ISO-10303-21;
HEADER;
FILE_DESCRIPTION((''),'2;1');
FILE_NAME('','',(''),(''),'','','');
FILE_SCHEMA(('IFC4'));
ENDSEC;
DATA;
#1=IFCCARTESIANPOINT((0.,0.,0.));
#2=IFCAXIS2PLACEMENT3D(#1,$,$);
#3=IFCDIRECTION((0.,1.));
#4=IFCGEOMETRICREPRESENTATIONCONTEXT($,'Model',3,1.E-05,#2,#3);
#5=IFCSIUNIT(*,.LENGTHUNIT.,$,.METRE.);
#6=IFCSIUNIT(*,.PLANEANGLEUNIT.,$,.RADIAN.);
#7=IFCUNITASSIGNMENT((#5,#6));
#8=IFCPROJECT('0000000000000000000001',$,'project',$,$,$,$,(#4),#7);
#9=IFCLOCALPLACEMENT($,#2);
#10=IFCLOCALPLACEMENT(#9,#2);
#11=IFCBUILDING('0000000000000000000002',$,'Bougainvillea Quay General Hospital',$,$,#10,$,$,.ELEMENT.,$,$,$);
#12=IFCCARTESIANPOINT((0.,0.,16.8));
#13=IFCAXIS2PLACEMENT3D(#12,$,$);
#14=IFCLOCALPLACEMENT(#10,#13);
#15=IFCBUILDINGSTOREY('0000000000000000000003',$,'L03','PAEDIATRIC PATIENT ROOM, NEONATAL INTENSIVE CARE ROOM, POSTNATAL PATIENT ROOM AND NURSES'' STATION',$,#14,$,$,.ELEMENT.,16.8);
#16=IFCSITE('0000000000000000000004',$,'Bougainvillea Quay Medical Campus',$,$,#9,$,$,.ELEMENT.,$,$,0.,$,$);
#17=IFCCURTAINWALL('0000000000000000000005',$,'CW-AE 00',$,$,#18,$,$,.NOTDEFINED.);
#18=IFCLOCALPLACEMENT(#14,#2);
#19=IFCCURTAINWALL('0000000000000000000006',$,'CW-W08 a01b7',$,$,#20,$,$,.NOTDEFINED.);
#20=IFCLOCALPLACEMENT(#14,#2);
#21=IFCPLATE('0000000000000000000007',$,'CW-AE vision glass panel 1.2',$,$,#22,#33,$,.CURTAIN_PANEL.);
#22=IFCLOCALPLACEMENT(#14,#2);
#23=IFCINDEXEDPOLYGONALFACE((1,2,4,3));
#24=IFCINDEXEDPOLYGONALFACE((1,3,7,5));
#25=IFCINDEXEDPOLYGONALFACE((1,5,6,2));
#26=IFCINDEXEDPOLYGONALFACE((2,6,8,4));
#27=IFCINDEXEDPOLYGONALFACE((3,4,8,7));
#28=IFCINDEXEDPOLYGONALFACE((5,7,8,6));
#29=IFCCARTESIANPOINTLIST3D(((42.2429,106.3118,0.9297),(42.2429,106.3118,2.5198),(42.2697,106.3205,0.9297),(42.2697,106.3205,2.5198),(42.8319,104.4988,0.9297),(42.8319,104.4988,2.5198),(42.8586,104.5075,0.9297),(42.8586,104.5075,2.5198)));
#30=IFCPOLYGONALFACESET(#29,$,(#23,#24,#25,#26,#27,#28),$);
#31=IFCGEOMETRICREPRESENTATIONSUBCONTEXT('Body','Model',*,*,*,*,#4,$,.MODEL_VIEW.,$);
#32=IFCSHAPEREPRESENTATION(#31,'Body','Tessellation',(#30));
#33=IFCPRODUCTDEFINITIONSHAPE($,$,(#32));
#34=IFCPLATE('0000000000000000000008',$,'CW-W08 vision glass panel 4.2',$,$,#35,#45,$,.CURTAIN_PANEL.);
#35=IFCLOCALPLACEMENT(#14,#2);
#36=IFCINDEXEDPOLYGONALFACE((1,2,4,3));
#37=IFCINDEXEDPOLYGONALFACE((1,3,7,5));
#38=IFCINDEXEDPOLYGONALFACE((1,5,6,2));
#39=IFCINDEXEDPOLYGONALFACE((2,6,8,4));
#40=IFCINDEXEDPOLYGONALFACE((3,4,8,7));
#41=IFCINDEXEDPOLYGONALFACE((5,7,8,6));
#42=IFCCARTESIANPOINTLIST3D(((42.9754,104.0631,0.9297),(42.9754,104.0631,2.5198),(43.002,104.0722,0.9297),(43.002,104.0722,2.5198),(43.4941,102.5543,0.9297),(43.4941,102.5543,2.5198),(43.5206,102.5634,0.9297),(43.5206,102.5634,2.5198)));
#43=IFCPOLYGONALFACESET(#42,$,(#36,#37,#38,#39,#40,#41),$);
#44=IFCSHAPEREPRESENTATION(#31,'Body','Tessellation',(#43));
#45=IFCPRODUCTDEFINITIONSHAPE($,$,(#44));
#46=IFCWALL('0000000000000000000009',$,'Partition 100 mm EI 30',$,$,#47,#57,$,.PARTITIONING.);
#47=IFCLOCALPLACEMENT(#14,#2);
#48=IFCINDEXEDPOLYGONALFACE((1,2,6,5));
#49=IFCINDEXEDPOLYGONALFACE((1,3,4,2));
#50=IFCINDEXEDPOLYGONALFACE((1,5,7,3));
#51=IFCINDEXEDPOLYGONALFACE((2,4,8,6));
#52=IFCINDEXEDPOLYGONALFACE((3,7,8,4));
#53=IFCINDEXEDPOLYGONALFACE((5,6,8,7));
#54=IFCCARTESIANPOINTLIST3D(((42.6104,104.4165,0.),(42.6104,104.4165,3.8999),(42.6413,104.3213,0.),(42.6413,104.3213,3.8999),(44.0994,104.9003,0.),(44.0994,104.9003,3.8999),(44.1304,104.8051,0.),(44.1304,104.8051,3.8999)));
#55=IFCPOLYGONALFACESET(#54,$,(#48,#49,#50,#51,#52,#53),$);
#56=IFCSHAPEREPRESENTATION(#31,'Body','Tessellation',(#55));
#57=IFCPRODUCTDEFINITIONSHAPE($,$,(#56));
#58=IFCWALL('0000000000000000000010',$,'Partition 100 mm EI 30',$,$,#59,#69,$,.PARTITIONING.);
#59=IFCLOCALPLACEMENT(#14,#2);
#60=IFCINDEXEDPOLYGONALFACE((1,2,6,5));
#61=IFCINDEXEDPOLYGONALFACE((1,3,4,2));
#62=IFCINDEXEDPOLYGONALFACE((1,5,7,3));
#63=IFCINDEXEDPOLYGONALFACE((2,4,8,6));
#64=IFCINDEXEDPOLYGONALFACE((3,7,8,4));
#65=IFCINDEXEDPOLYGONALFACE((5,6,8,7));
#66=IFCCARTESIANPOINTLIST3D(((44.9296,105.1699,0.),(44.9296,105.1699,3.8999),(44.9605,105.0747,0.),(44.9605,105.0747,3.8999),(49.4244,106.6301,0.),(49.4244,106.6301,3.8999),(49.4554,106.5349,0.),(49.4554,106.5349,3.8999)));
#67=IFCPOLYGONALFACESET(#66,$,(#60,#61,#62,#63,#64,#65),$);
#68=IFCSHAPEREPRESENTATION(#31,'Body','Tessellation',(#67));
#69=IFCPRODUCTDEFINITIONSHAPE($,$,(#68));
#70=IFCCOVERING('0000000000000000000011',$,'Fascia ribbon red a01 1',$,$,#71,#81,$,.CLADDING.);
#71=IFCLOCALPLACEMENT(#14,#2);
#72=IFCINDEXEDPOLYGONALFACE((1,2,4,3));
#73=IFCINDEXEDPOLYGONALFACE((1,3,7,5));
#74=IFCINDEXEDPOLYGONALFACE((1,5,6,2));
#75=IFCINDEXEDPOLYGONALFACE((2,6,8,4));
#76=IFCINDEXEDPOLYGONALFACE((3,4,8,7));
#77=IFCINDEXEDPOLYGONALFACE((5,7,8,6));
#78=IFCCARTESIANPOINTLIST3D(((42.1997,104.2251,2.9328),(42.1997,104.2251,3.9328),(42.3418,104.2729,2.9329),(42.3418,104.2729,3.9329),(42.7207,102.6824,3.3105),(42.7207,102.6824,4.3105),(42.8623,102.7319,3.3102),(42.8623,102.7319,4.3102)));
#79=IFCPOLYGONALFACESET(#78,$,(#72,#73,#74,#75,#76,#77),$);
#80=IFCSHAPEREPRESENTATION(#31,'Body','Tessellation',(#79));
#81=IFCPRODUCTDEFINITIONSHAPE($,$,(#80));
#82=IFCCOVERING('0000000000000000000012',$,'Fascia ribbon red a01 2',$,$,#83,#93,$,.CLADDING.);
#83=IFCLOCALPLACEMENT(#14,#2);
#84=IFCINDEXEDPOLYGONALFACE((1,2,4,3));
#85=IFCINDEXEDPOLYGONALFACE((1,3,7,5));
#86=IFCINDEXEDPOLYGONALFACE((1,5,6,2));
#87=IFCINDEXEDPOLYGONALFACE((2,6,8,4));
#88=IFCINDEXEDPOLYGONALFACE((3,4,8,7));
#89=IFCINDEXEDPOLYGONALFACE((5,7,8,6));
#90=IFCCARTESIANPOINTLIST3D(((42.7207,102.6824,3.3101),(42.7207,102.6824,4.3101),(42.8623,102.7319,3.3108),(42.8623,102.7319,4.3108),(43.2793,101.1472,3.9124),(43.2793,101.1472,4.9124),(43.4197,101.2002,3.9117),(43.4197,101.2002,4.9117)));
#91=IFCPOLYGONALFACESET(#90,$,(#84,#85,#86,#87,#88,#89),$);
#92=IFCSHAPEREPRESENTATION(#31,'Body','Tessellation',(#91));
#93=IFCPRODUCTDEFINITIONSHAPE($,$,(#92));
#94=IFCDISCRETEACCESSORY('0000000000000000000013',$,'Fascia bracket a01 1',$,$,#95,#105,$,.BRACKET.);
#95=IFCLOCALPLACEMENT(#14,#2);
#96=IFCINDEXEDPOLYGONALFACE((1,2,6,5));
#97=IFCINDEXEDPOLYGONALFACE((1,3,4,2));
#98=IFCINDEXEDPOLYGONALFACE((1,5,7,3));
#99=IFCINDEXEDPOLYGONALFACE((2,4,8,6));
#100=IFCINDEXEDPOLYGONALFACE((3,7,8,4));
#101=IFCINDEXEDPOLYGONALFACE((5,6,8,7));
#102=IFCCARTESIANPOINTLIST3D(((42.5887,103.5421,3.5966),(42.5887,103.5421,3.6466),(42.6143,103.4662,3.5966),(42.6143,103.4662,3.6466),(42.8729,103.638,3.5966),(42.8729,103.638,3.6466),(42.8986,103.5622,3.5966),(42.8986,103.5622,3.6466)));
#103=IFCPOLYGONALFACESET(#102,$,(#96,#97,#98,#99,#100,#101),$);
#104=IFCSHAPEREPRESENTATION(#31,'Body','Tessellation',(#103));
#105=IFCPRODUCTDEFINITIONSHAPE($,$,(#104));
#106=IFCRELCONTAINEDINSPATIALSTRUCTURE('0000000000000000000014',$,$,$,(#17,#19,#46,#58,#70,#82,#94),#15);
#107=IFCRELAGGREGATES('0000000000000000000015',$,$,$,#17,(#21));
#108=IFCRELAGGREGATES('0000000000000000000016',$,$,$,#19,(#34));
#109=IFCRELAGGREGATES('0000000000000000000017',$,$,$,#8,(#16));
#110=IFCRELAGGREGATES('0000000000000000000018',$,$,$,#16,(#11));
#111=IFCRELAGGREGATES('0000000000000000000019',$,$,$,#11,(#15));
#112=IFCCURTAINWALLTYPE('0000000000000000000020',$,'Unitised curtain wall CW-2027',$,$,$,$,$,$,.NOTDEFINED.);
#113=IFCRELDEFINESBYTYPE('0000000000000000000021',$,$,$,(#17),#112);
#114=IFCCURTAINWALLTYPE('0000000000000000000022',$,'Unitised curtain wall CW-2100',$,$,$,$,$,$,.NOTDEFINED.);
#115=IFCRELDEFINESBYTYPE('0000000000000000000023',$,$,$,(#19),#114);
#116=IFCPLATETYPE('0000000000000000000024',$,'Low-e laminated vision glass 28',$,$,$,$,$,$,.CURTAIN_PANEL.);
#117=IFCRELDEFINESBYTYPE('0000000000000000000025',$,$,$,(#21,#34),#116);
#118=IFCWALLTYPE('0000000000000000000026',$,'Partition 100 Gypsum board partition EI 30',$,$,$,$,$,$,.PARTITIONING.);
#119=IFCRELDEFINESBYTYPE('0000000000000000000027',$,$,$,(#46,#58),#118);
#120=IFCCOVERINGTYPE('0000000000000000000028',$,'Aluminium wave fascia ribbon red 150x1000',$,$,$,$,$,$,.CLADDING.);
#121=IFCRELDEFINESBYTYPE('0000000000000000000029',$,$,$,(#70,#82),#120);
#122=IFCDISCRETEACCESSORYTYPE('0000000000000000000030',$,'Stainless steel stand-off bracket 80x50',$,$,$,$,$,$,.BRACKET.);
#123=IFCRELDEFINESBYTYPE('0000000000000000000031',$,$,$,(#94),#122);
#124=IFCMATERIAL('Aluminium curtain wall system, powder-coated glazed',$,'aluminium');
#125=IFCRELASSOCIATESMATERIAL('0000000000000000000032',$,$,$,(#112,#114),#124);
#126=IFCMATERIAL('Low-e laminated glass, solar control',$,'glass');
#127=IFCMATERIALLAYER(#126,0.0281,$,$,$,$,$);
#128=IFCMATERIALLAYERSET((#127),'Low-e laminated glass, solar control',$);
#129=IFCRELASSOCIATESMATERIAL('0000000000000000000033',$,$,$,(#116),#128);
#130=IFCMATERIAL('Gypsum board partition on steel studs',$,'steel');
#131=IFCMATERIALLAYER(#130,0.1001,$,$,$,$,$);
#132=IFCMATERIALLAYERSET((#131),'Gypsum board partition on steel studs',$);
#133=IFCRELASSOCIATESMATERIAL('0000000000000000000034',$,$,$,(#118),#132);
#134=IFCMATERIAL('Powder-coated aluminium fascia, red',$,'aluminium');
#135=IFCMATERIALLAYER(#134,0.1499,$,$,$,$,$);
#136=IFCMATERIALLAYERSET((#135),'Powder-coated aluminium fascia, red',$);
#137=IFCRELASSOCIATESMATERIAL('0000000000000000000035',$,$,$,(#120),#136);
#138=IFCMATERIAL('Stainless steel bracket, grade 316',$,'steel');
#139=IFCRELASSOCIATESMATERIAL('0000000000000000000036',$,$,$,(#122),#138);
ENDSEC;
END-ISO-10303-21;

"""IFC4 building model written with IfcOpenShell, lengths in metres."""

from ifc_helpers import new_model, si_unit, direction, frame, frame_2d, origin, origin_2d, place, context, subcontext, project, spatial, polyline, rectangle, outline, extrude, material, layer, layer_set, material_profile, profile_set, type_object, element, aggregate, save


model = new_model("IFC4")

# Units and contexts
model_context = context("Model", 3, precision=1e-05, world=origin(), true_north=direction((0.0, 1.0)))
body_context = subcontext(model_context, "Body", "Model", "MODEL_VIEW")
ifc_project = project(units=[si_unit("LENGTHUNIT", "METRE"), si_unit("PLANEANGLEUNIT", "RADIAN")], contexts=[model_context])

# Site, building, storey
site_placement = place(None, origin())
site = spatial("IfcSite", under=ifc_project, at=site_placement, Name="Bougainvillea Quay Medical Campus", CompositionType="ELEMENT", RefElevation=0.0)
building_placement = place(site_placement, origin())
building = spatial("IfcBuilding", under=site, at=building_placement, Name="Bougainvillea Quay General Hospital", CompositionType="ELEMENT")
storey_placement = place(building_placement, frame((0.0, 0.0, 16.8)))
storey = spatial("IfcBuildingStorey", under=building, at=storey_placement, Name="L03", Description="PAEDIATRIC PATIENT ROOM, NEONATAL INTENSIVE CARE ROOM, POSTNATAL PATIENT ROOM AND NURSES' STATION", CompositionType="ELEMENT", Elevation=16.8)

# Curtain walls
ifc_material_1 = material(Name="Aluminium curtain wall system, powder-coated glazed", Category="aluminium")
curtain_wall_type_1 = type_object("IfcCurtainWallType", Name="Unitised curtain wall CW-2027", PredefinedType="NOTDEFINED", material=ifc_material_1)
curtain_wall_1_placement = place(storey_placement, origin())
curtain_wall_1 = element("IfcCurtainWall", 1, at=curtain_wall_1_placement, inside=storey, type_object=curtain_wall_type_1, Name="CW-AE 00", PredefinedType="NOTDEFINED")
curtain_wall_type_2 = type_object("IfcCurtainWallType", Name="Unitised curtain wall CW-2100", PredefinedType="NOTDEFINED", material=ifc_material_1)
curtain_wall_2_placement = place(storey_placement, origin())
curtain_wall_2 = element("IfcCurtainWall", 2, at=curtain_wall_2_placement, inside=storey, type_object=curtain_wall_type_2, Name="CW-W08 a01b7", PredefinedType="NOTDEFINED")

# Plates
ifc_material_2 = material(Name="Low-e laminated glass, solar control", Category="glass")
ifc_layer_1 = layer(ifc_material_2, 0.0281)
ifc_layer_set_1 = layer_set([ifc_layer_1], Name="Low-e laminated glass, solar control")
plate_type_1 = type_object("IfcPlateType", Name="Low-e laminated vision glass 28", PredefinedType="CURTAIN_PANEL", material=ifc_layer_set_1)
plate_1_placement = place(storey_placement, frame((42.5508, 105.4097, 0.9297), z_axis=(0.0, 0.0, 1.0), x_axis=(0.308963, -0.951074, 0.0)))
plate_1 = element("IfcPlate", 3, at=plate_1_placement, type_object=plate_type_1, Name="CW-AE vision glass panel 1.2", PredefinedType="CURTAIN_PANEL", context=body_context, shape_type="SweptSolid", body=[
    extrude(rectangle(XDim=1.9062, YDim=0.0281, at=origin_2d()), origin(), (0.0, 0.0, 1.0), 1.5901),
])
aggregate(curtain_wall_1, [plate_1])
plate_2_placement = place(storey_placement, frame((43.248, 103.3132, 0.9297), z_axis=(0.0, 0.0, 1.0), x_axis=(-0.325079, 0.945687, 0.0)))
plate_2 = element("IfcPlate", 4, at=plate_2_placement, type_object=plate_type_1, Name="CW-W08 vision glass panel 4.2", PredefinedType="CURTAIN_PANEL", context=body_context, shape_type="SweptSolid", body=[
    extrude(rectangle(XDim=1.5955, YDim=0.0281, at=origin_2d()), origin(), (0.0, 0.0, 1.0), 1.5901),
])
aggregate(curtain_wall_2, [plate_2])

# Walls
ifc_material_3 = material(Name="Gypsum board partition on steel studs", Category="steel")
ifc_layer_2 = layer(ifc_material_3, 0.1001)
ifc_layer_set_2 = layer_set([ifc_layer_2], Name="Gypsum board partition on steel studs")
wall_type = type_object("IfcWallType", Name="Partition 100 Gypsum board partition EI 30", PredefinedType="PARTITIONING", material=ifc_layer_set_2)
wall_1_placement = place(storey_placement, frame((42.626, 104.3689, 0.0), z_axis=(0.0, 0.0, 1.0), x_axis=(0.951042, 0.309061, 0.0)))
element("IfcWall", 5, at=wall_1_placement, inside=storey, type_object=wall_type, Name="Partition 100 mm EI 30", PredefinedType="PARTITIONING", context=body_context, shape_type="SweptSolid", body=[
    extrude(rectangle(XDim=1.5657, YDim=0.1001, at=frame_2d((0.7827, 0.0))), origin(), (0.0, 0.0, 1.0), 3.8999),
])
wall_2_placement = place(storey_placement, frame((44.9451, 105.1223, 0.0), z_axis=(0.0, 0.0, 1.0), x_axis=(0.951073, 0.308966, 0.0)))
element("IfcWall", 6, at=wall_2_placement, inside=storey, type_object=wall_type, Name="Partition 100 mm EI 30", PredefinedType="PARTITIONING", context=body_context, shape_type="SweptSolid", body=[
    extrude(rectangle(XDim=4.7261, YDim=0.1001, at=frame_2d((2.363, 0.0))), origin(), (0.0, 0.0, 1.0), 3.8999),
])

# Coverings
ifc_material_4 = material(Name="Powder-coated aluminium fascia, red", Category="aluminium")
ifc_layer_3 = layer(ifc_material_4, 0.1499)
ifc_layer_set_3 = layer_set([ifc_layer_3], Name="Powder-coated aluminium fascia, red")
covering_type = type_object("IfcCoveringType", Name="Aluminium wave fascia ribbon red 150x1000", PredefinedType="CLADDING", material=ifc_layer_set_3)
covering_1_placement = place(storey_placement, frame((42.3418, 104.2729, 2.9329), z_axis=(-0.072645, 0.214003, 0.974128), x_axis=(0.311728, -0.922903, 0.225997)))
element("IfcCovering", 7, at=covering_1_placement, inside=storey, type_object=covering_type, Name="Fascia ribbon red a01 1", PredefinedType="CLADDING", context=body_context, shape_type="SweptSolid", body=[
    extrude(outline(polyline([(0.0, 0.0), (1.6698, 0.0), (1.6714, -0.15), (-0.0001, -0.1499), (0.0, 0.0)])), origin(), (0.225997, 0.000333, 0.974128), 1.0),
])
covering_2_placement = place(storey_placement, frame((42.8623, 102.7319, 3.3108), z_axis=(-0.118206, 0.325067, 0.938274), x_axis=(0.320841, -0.881714, 0.345892)))
element("IfcCovering", 8, at=covering_2_placement, inside=storey, type_object=covering_type, Name="Fascia ribbon red a01 2", PredefinedType="CLADDING", context=body_context, shape_type="SweptSolid", body=[
    extrude(outline(polyline([(0.0, 0.0), (1.7372, 0.0), (1.7391, -0.15), (-0.002, -0.15), (0.0, 0.0)])), origin(), (0.345892, -0.000071, 0.938274), 1.0),
])

# Discrete accessory
ifc_material_5 = material(Name="Stainless steel bracket, grade 316", Category="steel")
ifc_material_profile_1 = material_profile(ifc_material_5, rectangle(XDim=0.0801, YDim=0.05, at=origin_2d()))
ifc_profile_set_1 = profile_set([ifc_material_profile_1], Name="Stainless steel bracket, grade 316")
discrete_accessory_type = type_object("IfcDiscreteAccessoryType", Name="Stainless steel stand-off bracket 80x50", PredefinedType="BRACKET", material=ifc_profile_set_1)
discrete_accessory_placement = place(storey_placement, frame((42.8857, 103.6001, 3.6216), z_axis=(-0.947455, -0.319888, 0.0), x_axis=(0.319888, -0.947455, 0.0)))
element("IfcDiscreteAccessory", 9, at=discrete_accessory_placement, inside=storey, type_object=discrete_accessory_type, Name="Fascia bracket a01 1", PredefinedType="BRACKET", context=body_context, shape_type="SweptSolid", body=[
    extrude(rectangle(XDim=0.0801, YDim=0.05, at=origin_2d()), origin(), (0.0, 0.0, 1.0), 0.3),
])

save(model, "model.ifc")
